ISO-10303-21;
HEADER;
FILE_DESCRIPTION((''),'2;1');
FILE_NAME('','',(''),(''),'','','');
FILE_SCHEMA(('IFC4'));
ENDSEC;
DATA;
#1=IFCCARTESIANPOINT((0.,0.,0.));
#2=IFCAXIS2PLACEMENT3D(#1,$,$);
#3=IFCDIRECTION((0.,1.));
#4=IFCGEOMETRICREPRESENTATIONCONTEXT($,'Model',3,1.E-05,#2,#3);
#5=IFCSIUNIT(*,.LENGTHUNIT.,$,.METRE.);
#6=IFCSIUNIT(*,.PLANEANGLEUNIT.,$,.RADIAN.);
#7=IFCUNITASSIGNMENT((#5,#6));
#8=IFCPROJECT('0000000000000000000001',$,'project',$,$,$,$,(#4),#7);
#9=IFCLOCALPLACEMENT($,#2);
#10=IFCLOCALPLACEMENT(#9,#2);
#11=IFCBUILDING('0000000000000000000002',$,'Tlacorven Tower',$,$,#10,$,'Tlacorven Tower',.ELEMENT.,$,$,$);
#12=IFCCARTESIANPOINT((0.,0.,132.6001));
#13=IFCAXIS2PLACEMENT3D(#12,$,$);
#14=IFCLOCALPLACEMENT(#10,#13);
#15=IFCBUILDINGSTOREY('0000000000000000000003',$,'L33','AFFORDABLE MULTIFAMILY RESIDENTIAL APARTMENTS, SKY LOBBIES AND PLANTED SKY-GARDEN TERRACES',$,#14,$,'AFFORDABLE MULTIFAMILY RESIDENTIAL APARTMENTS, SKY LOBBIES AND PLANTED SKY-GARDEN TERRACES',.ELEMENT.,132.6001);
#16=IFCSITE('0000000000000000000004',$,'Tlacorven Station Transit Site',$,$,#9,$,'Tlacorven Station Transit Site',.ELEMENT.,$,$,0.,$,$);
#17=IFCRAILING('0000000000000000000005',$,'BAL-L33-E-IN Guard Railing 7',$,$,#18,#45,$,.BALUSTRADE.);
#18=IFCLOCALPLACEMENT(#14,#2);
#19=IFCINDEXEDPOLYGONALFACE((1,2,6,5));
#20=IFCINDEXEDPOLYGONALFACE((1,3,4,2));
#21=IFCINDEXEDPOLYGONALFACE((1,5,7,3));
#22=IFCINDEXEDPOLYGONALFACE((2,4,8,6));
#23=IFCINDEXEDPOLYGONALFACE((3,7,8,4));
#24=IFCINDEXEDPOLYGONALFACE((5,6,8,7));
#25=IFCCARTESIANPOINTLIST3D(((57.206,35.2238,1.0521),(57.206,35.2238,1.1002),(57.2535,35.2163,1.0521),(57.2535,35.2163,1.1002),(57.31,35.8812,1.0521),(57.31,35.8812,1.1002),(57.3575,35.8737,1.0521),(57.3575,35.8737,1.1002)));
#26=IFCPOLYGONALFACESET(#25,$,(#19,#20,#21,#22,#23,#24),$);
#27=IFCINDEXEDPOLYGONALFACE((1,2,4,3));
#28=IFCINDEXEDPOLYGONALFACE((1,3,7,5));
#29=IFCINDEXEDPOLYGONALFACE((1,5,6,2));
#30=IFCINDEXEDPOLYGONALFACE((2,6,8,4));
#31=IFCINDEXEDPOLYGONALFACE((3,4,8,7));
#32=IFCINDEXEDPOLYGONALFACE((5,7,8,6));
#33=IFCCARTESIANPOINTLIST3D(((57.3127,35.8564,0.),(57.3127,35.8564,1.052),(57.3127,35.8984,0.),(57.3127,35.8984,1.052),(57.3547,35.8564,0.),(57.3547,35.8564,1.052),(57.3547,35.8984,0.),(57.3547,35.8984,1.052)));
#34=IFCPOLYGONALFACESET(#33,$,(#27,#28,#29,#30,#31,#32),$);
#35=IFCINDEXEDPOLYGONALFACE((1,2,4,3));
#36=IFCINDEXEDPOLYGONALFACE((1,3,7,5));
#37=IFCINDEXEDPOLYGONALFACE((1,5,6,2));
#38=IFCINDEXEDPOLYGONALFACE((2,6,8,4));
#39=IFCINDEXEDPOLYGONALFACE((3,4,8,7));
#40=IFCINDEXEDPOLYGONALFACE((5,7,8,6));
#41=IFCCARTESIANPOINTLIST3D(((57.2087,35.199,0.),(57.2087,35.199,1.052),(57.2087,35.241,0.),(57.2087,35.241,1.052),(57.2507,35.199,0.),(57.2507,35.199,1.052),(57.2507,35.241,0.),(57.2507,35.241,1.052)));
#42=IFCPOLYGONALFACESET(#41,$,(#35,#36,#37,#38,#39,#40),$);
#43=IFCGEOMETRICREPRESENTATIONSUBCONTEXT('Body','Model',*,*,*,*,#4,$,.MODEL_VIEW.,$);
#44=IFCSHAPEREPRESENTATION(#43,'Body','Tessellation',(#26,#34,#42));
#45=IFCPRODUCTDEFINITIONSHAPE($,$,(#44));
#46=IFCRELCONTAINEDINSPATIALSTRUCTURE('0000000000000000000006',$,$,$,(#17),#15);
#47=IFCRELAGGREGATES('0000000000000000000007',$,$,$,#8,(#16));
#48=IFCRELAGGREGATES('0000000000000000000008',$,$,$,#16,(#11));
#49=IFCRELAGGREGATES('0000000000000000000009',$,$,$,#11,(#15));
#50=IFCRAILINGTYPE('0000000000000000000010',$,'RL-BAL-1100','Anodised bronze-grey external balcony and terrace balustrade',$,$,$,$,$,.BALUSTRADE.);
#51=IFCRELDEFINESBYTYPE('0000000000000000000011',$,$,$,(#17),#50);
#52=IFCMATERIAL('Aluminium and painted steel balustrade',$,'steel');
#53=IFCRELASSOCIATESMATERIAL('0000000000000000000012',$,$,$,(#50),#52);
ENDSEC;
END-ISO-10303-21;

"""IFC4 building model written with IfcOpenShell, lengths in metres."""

from ifc_helpers import new_model, si_unit, direction, frame, origin, origin_2d, place, context, subcontext, project, spatial, rectangle, extrude, source, transform, mapped, material, type_object, element, save


model = new_model("IFC4")

# Units and contexts
model_context = context("Model", 3, precision=1e-05, world=origin(), true_north=direction((0.0, 1.0)))
body_context = subcontext(model_context, "Body", "Model", "MODEL_VIEW")
ifc_project = project(units=[si_unit("LENGTHUNIT", "METRE"), si_unit("PLANEANGLEUNIT", "RADIAN")], contexts=[model_context])

# Site, building, storey
site_placement = place(None, origin())
site = spatial("IfcSite", under=ifc_project, at=site_placement, Name="Tlacorven Station Transit Site", LongName="Tlacorven Station Transit Site", CompositionType="ELEMENT", RefElevation=0.0)
building_placement = place(site_placement, origin())
building = spatial("IfcBuilding", under=site, at=building_placement, Name="Tlacorven Tower", LongName="Tlacorven Tower", CompositionType="ELEMENT")
storey_placement = place(building_placement, frame((0.0, 0.0, 132.6001)))
storey = spatial("IfcBuildingStorey", under=building, at=storey_placement, Name="L33", Description="AFFORDABLE MULTIFAMILY RESIDENTIAL APARTMENTS, SKY LOBBIES AND PLANTED SKY-GARDEN TERRACES", LongName="AFFORDABLE MULTIFAMILY RESIDENTIAL APARTMENTS, SKY LOBBIES AND PLANTED SKY-GARDEN TERRACES", CompositionType="ELEMENT", Elevation=132.6001)

# Railing
ifc_material_1 = material(Name="Aluminium and painted steel balustrade", Category="steel")
railing_type_1 = type_object("IfcRailingType", Name="RL-BAL-1100", Description="Anodised bronze-grey external balcony and terrace balustrade", PredefinedType="BALUSTRADE", material=ifc_material_1)
shared_shape_1 = source(origin(), body_context, "Body", "SweptSolid", [
    extrude(rectangle(XDim=0.0481, YDim=0.0481, at=origin_2d()), frame((0.0, 0.0, 1.0762), z_axis=(-0.156245, -0.987718, 0.0), x_axis=(0.987718, -0.156245, 0.0)), (0.0, 0.0, 1.0), 0.6655),
    extrude(rectangle(XDim=0.042, YDim=0.042, at=origin_2d()), origin(), (0.0, 0.0, 1.0), 1.052),
    extrude(rectangle(XDim=0.042, YDim=0.042, at=origin_2d()), frame((-0.104, -0.6575, 0.0)), (0.0, 0.0, 1.0), 1.052),
])
railing_1_placement = place(storey_placement, frame((57.3337, 35.8774, 0.0)))
element("IfcRailing", 1, at=railing_1_placement, inside=storey, type_object=railing_type_1, Name="BAL-L33-E-IN Guard Railing 7", PredefinedType="BALUSTRADE", context=body_context, shape_type="MappedRepresentation", body=[
    mapped(shared_shape_1, transform((0.0, 0.0, 0.0), scale=1.0)),
])

save(model, "model.ifc")
